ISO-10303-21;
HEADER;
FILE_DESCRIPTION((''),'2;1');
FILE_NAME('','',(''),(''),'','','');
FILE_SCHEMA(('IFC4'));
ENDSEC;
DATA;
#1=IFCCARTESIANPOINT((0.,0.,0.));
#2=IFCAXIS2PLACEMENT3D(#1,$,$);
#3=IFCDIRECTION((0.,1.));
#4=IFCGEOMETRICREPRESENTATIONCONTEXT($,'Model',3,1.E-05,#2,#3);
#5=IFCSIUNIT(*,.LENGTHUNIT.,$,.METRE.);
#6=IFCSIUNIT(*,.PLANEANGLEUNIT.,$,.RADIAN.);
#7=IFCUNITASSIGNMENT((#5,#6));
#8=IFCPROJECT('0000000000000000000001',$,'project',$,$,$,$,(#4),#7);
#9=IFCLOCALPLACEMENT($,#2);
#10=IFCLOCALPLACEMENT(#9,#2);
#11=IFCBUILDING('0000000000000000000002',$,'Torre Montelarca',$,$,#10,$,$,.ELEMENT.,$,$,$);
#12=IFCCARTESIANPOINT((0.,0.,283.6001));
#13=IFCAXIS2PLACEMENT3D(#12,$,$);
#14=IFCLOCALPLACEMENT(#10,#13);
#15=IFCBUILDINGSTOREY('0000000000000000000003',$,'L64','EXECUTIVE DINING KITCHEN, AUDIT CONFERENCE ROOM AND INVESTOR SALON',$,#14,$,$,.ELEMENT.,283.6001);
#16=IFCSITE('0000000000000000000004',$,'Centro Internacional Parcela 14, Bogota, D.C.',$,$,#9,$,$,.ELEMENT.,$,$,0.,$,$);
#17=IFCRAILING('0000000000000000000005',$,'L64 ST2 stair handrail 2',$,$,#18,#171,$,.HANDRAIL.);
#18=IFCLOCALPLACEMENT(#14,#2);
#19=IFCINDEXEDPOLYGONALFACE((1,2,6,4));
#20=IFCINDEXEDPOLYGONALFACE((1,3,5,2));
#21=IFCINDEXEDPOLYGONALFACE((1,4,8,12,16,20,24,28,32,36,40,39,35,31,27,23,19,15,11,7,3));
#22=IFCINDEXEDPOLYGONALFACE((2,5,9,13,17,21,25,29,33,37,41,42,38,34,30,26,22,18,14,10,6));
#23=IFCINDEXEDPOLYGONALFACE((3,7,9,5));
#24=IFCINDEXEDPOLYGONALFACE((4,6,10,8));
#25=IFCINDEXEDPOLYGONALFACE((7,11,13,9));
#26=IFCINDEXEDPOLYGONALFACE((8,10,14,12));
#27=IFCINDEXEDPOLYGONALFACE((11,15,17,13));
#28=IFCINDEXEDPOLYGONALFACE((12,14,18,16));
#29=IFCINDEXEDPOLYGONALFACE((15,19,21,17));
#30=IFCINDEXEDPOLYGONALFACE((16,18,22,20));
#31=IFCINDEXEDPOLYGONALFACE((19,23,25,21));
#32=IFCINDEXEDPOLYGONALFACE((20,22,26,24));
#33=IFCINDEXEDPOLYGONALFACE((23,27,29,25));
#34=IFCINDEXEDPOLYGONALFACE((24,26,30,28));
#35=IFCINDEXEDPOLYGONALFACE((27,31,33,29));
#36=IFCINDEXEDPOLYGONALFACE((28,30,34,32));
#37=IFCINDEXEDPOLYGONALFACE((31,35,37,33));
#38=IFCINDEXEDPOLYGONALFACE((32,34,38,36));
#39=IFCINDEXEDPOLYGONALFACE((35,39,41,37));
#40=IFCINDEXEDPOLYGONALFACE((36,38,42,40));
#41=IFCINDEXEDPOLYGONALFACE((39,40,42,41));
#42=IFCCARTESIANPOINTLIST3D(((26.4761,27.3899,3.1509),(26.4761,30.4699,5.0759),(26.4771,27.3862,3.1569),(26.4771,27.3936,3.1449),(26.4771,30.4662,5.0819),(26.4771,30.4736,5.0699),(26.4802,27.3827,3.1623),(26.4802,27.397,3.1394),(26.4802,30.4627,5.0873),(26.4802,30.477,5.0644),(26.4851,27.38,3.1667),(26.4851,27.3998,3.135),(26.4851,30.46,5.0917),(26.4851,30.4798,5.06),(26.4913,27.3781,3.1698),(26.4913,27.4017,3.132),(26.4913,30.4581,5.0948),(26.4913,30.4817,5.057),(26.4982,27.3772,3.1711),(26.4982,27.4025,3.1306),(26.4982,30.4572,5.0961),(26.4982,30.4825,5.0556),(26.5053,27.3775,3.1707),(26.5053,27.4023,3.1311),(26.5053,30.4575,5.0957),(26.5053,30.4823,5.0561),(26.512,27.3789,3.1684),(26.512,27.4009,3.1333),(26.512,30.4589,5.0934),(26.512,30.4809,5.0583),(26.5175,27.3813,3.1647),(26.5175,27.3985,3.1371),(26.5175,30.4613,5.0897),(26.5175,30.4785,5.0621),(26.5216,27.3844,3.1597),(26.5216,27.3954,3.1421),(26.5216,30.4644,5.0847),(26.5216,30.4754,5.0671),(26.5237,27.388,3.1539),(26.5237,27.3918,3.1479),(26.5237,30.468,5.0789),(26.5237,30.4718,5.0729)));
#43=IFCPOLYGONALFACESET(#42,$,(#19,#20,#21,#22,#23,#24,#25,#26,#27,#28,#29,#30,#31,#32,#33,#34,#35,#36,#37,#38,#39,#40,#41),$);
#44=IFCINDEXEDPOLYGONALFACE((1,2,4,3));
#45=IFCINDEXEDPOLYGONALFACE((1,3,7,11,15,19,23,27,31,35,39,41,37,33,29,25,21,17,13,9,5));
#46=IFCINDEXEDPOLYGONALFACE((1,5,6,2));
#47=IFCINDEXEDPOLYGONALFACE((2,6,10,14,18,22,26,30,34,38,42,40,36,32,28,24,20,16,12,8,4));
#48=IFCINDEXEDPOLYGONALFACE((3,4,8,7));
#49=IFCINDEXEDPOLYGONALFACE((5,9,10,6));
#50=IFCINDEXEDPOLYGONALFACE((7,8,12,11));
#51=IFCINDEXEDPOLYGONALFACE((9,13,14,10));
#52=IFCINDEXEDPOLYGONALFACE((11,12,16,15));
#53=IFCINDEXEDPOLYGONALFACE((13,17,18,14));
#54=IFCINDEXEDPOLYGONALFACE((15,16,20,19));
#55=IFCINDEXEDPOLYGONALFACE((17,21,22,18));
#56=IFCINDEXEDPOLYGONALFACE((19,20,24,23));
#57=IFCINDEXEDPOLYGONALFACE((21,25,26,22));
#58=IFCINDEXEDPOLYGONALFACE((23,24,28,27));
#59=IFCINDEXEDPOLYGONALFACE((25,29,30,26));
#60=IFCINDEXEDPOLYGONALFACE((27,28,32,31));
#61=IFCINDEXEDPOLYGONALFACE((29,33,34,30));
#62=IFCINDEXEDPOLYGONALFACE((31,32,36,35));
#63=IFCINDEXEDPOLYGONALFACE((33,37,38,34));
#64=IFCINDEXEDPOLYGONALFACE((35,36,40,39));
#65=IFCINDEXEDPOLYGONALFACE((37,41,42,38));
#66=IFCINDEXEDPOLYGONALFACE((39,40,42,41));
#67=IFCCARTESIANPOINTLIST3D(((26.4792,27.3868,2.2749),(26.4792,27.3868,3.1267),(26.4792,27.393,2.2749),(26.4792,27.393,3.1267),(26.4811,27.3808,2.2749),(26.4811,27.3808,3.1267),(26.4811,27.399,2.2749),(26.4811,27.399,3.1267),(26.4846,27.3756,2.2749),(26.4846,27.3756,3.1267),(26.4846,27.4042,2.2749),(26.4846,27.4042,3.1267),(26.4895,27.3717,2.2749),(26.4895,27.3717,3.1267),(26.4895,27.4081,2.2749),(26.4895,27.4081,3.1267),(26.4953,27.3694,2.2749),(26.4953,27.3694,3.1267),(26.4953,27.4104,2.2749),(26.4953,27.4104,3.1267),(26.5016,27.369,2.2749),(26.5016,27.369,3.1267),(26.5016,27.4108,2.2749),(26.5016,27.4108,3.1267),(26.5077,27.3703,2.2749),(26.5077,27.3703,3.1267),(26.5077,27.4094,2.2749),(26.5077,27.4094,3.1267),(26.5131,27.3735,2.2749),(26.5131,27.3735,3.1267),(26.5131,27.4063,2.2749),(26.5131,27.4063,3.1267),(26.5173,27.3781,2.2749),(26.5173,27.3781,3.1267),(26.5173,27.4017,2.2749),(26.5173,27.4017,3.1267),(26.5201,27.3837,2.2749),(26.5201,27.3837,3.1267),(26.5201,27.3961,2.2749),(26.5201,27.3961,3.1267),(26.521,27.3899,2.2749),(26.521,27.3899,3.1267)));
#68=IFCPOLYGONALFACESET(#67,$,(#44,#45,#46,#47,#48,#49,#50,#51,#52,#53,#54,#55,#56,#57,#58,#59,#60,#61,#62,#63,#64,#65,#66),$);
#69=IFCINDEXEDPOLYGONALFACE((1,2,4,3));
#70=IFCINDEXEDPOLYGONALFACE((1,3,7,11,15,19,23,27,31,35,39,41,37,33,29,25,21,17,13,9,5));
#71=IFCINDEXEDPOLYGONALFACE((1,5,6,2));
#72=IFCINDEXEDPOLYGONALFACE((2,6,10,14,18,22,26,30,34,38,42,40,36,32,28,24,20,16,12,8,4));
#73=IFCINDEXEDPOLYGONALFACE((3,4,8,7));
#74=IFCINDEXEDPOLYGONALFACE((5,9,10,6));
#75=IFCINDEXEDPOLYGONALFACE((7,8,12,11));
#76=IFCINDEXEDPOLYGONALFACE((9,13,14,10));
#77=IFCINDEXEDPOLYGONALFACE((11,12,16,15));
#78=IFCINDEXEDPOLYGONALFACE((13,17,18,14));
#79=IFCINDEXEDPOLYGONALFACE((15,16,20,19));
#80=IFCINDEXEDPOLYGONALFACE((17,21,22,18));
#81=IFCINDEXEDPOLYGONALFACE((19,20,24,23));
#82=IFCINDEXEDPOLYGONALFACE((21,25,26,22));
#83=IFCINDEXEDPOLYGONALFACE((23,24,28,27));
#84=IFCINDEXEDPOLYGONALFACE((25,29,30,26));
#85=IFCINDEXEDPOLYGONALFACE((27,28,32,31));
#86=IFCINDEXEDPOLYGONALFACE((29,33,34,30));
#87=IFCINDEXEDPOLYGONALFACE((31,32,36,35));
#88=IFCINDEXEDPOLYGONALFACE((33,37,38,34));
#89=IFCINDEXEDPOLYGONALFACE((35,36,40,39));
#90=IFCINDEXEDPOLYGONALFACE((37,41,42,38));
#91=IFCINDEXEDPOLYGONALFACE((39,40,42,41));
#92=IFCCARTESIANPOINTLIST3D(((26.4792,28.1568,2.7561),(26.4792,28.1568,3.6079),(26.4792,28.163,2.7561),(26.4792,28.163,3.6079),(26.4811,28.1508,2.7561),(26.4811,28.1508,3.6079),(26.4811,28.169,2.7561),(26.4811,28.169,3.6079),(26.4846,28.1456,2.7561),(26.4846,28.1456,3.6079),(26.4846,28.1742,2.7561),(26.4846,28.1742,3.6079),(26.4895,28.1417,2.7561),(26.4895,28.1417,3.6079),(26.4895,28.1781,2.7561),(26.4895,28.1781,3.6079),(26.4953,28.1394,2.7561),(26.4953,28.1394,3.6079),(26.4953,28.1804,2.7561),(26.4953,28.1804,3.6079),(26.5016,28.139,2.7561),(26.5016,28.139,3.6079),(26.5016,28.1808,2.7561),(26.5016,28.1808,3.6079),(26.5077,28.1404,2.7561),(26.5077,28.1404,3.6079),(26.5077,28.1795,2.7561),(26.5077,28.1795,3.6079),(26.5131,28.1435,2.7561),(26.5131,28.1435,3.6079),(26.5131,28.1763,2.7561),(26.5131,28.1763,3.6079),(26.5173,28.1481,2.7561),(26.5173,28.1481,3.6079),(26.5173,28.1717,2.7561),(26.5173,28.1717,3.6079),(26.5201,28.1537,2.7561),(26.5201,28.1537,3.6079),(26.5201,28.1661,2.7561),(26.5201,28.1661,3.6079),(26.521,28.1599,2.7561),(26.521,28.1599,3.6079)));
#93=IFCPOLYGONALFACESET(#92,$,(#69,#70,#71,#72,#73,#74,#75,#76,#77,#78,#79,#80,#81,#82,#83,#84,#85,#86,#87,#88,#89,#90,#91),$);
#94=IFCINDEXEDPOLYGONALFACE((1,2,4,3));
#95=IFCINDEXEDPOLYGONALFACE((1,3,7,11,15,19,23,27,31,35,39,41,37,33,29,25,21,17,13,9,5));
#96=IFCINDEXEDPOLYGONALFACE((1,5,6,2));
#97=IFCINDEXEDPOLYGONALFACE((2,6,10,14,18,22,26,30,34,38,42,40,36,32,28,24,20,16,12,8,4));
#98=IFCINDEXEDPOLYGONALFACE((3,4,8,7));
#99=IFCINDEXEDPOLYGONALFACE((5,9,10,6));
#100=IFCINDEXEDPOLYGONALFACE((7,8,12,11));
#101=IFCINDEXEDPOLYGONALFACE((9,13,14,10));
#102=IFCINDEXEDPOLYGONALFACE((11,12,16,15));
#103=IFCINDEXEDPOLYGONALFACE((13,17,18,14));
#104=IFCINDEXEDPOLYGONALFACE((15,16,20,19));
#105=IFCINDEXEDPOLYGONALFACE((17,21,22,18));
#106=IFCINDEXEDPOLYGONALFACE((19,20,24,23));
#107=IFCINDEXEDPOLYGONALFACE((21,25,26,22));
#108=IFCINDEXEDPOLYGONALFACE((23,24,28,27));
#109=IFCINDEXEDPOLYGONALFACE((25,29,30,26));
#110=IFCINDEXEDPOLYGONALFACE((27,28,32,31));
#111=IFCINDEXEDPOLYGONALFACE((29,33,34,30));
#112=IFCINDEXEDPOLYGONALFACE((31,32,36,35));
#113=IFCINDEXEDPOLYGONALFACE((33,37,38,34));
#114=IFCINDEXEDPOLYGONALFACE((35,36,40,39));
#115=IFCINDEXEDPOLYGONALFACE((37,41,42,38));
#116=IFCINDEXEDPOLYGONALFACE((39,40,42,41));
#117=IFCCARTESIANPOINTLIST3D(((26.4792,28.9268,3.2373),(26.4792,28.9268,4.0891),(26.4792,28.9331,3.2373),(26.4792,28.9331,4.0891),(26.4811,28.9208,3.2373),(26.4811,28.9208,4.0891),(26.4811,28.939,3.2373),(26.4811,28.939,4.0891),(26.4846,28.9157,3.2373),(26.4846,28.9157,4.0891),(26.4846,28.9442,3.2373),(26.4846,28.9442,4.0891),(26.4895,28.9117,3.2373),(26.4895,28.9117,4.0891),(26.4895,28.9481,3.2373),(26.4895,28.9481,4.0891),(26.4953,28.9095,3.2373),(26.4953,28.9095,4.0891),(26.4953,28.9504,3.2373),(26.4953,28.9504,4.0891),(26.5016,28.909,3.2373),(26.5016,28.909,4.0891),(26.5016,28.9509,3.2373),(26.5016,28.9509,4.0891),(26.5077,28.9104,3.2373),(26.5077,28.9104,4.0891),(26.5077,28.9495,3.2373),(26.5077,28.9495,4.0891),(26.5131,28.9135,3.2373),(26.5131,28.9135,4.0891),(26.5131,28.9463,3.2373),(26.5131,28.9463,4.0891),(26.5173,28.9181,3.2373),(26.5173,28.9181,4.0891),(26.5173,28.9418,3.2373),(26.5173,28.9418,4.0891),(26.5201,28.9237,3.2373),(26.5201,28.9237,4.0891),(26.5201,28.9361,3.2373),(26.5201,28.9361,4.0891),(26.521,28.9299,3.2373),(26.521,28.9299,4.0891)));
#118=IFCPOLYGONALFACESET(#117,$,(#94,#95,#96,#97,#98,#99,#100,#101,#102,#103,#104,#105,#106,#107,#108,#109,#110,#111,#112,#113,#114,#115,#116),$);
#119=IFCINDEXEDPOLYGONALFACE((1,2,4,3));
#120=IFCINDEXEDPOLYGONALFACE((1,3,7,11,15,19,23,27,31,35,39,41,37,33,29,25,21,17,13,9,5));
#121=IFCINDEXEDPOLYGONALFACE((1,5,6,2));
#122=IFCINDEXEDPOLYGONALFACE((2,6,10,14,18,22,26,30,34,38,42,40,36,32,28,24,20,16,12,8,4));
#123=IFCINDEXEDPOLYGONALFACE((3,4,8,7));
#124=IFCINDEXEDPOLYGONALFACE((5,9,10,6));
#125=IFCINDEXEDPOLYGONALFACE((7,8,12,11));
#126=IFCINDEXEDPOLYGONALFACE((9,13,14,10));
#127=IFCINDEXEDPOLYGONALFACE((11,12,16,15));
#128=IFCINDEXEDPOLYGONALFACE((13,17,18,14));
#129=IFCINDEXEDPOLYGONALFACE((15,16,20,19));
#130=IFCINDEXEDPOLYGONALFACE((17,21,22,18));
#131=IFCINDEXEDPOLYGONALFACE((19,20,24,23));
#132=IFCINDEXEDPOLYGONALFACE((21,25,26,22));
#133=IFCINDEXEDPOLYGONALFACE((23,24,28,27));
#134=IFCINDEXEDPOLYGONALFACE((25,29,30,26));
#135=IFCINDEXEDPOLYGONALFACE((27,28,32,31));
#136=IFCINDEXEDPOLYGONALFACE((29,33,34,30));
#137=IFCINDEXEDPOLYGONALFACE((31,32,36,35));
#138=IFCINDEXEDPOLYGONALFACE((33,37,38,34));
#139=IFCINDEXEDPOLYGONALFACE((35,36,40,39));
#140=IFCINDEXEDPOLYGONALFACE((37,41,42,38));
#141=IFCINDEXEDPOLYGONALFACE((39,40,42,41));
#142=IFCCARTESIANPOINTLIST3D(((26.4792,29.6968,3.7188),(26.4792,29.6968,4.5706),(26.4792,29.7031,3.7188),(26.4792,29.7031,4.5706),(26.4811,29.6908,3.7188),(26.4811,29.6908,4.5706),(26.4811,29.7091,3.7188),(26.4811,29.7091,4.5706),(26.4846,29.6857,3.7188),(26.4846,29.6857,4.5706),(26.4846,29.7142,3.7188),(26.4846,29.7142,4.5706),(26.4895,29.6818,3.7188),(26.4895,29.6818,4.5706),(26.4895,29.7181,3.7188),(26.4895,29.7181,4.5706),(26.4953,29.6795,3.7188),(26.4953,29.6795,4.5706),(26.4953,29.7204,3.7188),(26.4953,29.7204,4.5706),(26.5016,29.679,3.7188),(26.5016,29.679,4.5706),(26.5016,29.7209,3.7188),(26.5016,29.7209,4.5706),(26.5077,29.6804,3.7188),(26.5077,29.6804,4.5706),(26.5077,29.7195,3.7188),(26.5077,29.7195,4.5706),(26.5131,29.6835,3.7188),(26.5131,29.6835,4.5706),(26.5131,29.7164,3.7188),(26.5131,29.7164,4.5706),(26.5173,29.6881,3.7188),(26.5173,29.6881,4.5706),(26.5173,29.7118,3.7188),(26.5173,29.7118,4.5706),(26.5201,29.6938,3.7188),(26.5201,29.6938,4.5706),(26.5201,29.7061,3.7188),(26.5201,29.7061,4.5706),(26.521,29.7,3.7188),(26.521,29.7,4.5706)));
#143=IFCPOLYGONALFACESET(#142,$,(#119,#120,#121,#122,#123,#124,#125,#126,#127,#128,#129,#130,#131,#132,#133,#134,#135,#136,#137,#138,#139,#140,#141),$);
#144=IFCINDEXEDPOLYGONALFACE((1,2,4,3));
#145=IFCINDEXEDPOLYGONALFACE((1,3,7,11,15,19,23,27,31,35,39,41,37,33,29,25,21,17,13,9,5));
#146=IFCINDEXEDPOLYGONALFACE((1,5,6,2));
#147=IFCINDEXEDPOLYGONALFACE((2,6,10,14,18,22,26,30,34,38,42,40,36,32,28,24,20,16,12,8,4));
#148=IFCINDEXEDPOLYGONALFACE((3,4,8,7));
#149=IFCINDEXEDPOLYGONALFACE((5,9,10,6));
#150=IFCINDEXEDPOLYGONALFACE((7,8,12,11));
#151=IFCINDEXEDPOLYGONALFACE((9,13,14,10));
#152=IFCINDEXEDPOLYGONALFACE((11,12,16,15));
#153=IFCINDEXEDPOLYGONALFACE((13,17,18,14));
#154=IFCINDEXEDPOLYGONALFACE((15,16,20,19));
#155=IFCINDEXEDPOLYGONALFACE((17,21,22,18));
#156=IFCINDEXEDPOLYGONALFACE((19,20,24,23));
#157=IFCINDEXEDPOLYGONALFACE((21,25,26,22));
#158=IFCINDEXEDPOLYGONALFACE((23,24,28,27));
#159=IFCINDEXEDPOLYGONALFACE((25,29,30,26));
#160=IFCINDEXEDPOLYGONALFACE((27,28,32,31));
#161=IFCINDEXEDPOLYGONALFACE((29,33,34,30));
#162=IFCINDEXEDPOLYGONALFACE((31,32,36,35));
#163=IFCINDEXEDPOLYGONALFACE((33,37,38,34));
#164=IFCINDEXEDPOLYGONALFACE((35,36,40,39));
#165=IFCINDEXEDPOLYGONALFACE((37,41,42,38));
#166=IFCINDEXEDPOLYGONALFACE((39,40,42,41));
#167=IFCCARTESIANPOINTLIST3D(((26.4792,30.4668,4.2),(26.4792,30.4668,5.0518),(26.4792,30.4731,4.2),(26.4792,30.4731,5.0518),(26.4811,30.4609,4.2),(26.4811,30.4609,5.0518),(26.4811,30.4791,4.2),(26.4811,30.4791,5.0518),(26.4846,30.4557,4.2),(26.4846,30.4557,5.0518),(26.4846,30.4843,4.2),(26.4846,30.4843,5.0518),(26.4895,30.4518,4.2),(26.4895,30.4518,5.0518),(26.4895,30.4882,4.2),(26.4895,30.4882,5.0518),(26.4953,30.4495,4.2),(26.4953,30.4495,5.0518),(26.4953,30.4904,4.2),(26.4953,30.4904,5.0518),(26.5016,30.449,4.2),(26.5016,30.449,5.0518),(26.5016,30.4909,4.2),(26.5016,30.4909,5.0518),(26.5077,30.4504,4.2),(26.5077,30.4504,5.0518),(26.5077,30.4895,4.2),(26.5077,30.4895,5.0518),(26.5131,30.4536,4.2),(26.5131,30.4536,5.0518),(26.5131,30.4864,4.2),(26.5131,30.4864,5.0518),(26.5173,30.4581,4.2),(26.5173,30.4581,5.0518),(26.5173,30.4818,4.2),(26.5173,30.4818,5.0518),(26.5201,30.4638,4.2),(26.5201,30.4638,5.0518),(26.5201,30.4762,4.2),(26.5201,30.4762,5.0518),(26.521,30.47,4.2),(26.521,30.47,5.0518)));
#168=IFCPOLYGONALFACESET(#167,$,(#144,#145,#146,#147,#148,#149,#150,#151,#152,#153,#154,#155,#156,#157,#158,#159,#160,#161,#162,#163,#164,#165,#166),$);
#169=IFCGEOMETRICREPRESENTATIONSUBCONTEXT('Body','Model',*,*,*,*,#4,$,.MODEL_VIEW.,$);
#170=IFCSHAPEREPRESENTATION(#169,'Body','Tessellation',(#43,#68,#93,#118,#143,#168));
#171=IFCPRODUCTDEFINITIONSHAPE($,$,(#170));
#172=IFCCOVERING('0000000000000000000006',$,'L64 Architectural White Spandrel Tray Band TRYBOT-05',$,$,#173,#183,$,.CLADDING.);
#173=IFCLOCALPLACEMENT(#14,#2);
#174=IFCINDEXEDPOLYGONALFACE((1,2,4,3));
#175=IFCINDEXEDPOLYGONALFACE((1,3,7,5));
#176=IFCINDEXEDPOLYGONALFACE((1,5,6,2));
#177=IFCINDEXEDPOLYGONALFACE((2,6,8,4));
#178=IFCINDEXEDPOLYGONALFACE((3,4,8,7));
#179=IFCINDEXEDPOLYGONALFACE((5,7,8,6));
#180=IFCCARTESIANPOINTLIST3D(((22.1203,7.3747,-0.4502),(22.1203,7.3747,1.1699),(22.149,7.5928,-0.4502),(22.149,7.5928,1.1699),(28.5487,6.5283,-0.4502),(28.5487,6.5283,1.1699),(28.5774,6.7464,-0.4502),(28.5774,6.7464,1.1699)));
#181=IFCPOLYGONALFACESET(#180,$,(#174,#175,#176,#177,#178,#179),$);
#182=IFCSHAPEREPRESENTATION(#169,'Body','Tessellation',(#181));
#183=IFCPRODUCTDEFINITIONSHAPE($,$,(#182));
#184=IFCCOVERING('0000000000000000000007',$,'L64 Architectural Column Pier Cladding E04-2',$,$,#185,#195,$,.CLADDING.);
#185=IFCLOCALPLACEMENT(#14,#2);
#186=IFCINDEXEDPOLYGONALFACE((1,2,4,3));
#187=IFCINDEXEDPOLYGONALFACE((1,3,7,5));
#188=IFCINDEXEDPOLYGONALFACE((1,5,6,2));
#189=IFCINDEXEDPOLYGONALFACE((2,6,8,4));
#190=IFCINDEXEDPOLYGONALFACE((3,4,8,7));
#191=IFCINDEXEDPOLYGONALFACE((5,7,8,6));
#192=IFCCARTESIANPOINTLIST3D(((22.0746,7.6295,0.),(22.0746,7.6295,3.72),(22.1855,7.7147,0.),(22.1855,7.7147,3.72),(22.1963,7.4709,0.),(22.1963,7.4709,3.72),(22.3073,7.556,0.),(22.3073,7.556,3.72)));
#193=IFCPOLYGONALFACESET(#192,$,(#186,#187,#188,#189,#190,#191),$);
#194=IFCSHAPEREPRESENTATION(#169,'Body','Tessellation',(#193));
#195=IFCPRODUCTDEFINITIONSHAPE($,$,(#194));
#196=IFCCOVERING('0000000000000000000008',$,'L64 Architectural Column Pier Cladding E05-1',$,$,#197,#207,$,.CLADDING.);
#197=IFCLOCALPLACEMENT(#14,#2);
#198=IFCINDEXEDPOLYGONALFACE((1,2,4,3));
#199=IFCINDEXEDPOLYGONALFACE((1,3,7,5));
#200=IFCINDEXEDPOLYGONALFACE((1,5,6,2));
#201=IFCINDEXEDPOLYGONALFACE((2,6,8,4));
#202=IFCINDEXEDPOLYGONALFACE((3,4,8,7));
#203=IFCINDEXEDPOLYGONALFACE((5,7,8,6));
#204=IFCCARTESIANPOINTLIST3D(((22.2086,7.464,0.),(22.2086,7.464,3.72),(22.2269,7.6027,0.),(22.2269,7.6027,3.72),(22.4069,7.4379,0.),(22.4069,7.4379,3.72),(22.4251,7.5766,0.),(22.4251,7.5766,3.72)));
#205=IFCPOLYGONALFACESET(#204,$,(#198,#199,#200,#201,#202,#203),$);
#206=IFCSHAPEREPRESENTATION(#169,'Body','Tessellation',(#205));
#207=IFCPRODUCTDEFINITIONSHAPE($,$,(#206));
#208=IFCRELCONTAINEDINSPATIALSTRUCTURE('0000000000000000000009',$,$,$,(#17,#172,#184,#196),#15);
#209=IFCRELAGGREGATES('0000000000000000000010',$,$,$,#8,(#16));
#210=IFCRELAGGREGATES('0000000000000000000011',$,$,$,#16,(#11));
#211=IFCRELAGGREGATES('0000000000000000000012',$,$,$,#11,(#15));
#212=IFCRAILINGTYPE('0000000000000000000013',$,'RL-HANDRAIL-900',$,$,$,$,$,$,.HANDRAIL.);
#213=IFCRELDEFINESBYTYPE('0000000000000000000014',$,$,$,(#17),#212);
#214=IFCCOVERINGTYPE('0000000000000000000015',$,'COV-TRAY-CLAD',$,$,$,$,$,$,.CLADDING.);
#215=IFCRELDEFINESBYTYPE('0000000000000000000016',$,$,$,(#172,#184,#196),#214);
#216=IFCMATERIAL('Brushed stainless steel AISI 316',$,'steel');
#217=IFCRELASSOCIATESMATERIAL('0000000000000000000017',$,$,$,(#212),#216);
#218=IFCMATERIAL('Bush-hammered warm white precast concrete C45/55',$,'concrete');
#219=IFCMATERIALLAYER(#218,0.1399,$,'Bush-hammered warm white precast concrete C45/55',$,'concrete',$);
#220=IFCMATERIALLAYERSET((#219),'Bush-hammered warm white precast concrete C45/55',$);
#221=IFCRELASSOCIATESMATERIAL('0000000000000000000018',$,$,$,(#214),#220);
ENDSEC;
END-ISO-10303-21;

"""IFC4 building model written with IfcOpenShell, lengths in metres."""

from ifc_helpers import new_model, si_unit, direction, frame, origin, origin_2d, place, context, subcontext, project, spatial, rectangle, circle, extrude, source, transform, mapped, material, layer, layer_set, type_object, element, save


model = new_model("IFC4")

# Units and contexts
model_context = context("Model", 3, precision=1e-05, world=origin(), true_north=direction((0.0, 1.0)))
body_context = subcontext(model_context, "Body", "Model", "MODEL_VIEW")
ifc_project = project(units=[si_unit("LENGTHUNIT", "METRE"), si_unit("PLANEANGLEUNIT", "RADIAN")], contexts=[model_context])

# Site, building, storey
site_placement = place(None, origin())
site = spatial("IfcSite", under=ifc_project, at=site_placement, Name="Centro Internacional Parcela 14, Bogota, D.C.", CompositionType="ELEMENT", RefElevation=0.0)
building_placement = place(site_placement, origin())
building = spatial("IfcBuilding", under=site, at=building_placement, Name="Torre Montelarca", CompositionType="ELEMENT")
storey_placement = place(building_placement, frame((0.0, 0.0, 283.6001)))
storey = spatial("IfcBuildingStorey", under=building, at=storey_placement, Name="L64", Description="EXECUTIVE DINING KITCHEN, AUDIT CONFERENCE ROOM AND INVESTOR SALON", CompositionType="ELEMENT", Elevation=283.6001)

# Railing
ifc_material_1 = material(Name="Brushed stainless steel AISI 316", Category="steel")
railing_type_1 = type_object("IfcRailingType", Name="RL-HANDRAIL-900", PredefinedType="HANDRAIL", material=ifc_material_1)
railing_1_placement = place(storey_placement, frame((26.5, 27.3899, 2.2749)))
element("IfcRailing", 1, at=railing_1_placement, inside=storey, type_object=railing_type_1, Name="L64 ST2 stair handrail 2", PredefinedType="HANDRAIL", context=body_context, shape_type="SweptSolid", body=[
    extrude(circle(Radius=0.0239, at=origin_2d()), frame((0.0, 0.0, 0.876), z_axis=(0.0, 0.847998, 0.529999), x_axis=(-1.0, 0.0, 0.0)), (0.0, 0.0, 1.0), 3.6321),
    extrude(circle(Radius=0.021, at=origin_2d()), origin(), (0.0, 0.0, 1.0), 0.8518),
    extrude(circle(Radius=0.021, at=origin_2d()), frame((0.0, 0.77, 0.4812)), (0.0, 0.0, 1.0), 0.8518),
    extrude(circle(Radius=0.021, at=origin_2d()), frame((0.0, 1.54, 0.9624)), (0.0, 0.0, 1.0), 0.8518),
    extrude(circle(Radius=0.021, at=origin_2d()), frame((0.0, 2.3101, 1.4438)), (0.0, 0.0, 1.0), 0.8518),
    extrude(circle(Radius=0.021, at=origin_2d()), frame((0.0, 3.0801, 1.925)), (0.0, 0.0, 1.0), 0.8518),
])

# Coverings
ifc_material_2 = material(Name="Bush-hammered warm white precast concrete C45/55", Category="concrete")
ifc_layer_1 = layer(ifc_material_2, 0.1399, Name="Bush-hammered warm white precast concrete C45/55", Category="concrete")
ifc_layer_set_1 = layer_set([ifc_layer_1], Name="Bush-hammered warm white precast concrete C45/55")
covering_type = type_object("IfcCoveringType", Name="COV-TRAY-CLAD", PredefinedType="CLADDING", material=ifc_layer_set_1)
shared_shape_1 = source(origin(), body_context, "Body", "SweptSolid", [
    extrude(rectangle(XDim=6.4839, YDim=0.22, at=origin_2d()), origin(), (0.0, 0.0, 1.0), 1.6201),
])
covering_placement = place(storey_placement, frame((25.3489, 7.0605, -0.4502), z_axis=(0.0, 0.0, 1.0), x_axis=(0.991444, -0.130531, 0.0)))
element("IfcCovering", 2, at=covering_placement, inside=storey, type_object=covering_type, Name="L64 Architectural White Spandrel Tray Band TRYBOT-05", PredefinedType="CLADDING", context=body_context, shape_type="MappedRepresentation", body=[
    mapped(shared_shape_1, transform((0.0, 0.0, 0.0), scale=1.0)),
])
shared_shape_2 = source(origin(), body_context, "Body", "SweptSolid", [
    extrude(rectangle(XDim=0.2, YDim=0.1399, at=origin_2d()), origin(), (0.0, 0.0, 1.0), 3.72),
])
for number, where, z_axis, x_axis, name in (
    (3, (22.1909, 7.5928, 0.0), (0.0, 0.0, 1.0), (0.608773, -0.793345, 0.0), "L64 Architectural Column Pier Cladding E04-2"),
    (4, (22.3169, 7.5203, 0.0), (0.0, 0.0, 1.0), (0.991444, -0.130531, 0.0), "L64 Architectural Column Pier Cladding E05-1"),
):
    element("IfcCovering", number, at=place(storey_placement, frame(where, z_axis=z_axis, x_axis=x_axis)), inside=storey, type_object=covering_type, Name=name, PredefinedType="CLADDING", context=body_context, shape_type="MappedRepresentation", body=[
        mapped(shared_shape_2, transform((0.0, 0.0, 0.0), scale=1.0)),
    ])

save(model, "model.ifc")
